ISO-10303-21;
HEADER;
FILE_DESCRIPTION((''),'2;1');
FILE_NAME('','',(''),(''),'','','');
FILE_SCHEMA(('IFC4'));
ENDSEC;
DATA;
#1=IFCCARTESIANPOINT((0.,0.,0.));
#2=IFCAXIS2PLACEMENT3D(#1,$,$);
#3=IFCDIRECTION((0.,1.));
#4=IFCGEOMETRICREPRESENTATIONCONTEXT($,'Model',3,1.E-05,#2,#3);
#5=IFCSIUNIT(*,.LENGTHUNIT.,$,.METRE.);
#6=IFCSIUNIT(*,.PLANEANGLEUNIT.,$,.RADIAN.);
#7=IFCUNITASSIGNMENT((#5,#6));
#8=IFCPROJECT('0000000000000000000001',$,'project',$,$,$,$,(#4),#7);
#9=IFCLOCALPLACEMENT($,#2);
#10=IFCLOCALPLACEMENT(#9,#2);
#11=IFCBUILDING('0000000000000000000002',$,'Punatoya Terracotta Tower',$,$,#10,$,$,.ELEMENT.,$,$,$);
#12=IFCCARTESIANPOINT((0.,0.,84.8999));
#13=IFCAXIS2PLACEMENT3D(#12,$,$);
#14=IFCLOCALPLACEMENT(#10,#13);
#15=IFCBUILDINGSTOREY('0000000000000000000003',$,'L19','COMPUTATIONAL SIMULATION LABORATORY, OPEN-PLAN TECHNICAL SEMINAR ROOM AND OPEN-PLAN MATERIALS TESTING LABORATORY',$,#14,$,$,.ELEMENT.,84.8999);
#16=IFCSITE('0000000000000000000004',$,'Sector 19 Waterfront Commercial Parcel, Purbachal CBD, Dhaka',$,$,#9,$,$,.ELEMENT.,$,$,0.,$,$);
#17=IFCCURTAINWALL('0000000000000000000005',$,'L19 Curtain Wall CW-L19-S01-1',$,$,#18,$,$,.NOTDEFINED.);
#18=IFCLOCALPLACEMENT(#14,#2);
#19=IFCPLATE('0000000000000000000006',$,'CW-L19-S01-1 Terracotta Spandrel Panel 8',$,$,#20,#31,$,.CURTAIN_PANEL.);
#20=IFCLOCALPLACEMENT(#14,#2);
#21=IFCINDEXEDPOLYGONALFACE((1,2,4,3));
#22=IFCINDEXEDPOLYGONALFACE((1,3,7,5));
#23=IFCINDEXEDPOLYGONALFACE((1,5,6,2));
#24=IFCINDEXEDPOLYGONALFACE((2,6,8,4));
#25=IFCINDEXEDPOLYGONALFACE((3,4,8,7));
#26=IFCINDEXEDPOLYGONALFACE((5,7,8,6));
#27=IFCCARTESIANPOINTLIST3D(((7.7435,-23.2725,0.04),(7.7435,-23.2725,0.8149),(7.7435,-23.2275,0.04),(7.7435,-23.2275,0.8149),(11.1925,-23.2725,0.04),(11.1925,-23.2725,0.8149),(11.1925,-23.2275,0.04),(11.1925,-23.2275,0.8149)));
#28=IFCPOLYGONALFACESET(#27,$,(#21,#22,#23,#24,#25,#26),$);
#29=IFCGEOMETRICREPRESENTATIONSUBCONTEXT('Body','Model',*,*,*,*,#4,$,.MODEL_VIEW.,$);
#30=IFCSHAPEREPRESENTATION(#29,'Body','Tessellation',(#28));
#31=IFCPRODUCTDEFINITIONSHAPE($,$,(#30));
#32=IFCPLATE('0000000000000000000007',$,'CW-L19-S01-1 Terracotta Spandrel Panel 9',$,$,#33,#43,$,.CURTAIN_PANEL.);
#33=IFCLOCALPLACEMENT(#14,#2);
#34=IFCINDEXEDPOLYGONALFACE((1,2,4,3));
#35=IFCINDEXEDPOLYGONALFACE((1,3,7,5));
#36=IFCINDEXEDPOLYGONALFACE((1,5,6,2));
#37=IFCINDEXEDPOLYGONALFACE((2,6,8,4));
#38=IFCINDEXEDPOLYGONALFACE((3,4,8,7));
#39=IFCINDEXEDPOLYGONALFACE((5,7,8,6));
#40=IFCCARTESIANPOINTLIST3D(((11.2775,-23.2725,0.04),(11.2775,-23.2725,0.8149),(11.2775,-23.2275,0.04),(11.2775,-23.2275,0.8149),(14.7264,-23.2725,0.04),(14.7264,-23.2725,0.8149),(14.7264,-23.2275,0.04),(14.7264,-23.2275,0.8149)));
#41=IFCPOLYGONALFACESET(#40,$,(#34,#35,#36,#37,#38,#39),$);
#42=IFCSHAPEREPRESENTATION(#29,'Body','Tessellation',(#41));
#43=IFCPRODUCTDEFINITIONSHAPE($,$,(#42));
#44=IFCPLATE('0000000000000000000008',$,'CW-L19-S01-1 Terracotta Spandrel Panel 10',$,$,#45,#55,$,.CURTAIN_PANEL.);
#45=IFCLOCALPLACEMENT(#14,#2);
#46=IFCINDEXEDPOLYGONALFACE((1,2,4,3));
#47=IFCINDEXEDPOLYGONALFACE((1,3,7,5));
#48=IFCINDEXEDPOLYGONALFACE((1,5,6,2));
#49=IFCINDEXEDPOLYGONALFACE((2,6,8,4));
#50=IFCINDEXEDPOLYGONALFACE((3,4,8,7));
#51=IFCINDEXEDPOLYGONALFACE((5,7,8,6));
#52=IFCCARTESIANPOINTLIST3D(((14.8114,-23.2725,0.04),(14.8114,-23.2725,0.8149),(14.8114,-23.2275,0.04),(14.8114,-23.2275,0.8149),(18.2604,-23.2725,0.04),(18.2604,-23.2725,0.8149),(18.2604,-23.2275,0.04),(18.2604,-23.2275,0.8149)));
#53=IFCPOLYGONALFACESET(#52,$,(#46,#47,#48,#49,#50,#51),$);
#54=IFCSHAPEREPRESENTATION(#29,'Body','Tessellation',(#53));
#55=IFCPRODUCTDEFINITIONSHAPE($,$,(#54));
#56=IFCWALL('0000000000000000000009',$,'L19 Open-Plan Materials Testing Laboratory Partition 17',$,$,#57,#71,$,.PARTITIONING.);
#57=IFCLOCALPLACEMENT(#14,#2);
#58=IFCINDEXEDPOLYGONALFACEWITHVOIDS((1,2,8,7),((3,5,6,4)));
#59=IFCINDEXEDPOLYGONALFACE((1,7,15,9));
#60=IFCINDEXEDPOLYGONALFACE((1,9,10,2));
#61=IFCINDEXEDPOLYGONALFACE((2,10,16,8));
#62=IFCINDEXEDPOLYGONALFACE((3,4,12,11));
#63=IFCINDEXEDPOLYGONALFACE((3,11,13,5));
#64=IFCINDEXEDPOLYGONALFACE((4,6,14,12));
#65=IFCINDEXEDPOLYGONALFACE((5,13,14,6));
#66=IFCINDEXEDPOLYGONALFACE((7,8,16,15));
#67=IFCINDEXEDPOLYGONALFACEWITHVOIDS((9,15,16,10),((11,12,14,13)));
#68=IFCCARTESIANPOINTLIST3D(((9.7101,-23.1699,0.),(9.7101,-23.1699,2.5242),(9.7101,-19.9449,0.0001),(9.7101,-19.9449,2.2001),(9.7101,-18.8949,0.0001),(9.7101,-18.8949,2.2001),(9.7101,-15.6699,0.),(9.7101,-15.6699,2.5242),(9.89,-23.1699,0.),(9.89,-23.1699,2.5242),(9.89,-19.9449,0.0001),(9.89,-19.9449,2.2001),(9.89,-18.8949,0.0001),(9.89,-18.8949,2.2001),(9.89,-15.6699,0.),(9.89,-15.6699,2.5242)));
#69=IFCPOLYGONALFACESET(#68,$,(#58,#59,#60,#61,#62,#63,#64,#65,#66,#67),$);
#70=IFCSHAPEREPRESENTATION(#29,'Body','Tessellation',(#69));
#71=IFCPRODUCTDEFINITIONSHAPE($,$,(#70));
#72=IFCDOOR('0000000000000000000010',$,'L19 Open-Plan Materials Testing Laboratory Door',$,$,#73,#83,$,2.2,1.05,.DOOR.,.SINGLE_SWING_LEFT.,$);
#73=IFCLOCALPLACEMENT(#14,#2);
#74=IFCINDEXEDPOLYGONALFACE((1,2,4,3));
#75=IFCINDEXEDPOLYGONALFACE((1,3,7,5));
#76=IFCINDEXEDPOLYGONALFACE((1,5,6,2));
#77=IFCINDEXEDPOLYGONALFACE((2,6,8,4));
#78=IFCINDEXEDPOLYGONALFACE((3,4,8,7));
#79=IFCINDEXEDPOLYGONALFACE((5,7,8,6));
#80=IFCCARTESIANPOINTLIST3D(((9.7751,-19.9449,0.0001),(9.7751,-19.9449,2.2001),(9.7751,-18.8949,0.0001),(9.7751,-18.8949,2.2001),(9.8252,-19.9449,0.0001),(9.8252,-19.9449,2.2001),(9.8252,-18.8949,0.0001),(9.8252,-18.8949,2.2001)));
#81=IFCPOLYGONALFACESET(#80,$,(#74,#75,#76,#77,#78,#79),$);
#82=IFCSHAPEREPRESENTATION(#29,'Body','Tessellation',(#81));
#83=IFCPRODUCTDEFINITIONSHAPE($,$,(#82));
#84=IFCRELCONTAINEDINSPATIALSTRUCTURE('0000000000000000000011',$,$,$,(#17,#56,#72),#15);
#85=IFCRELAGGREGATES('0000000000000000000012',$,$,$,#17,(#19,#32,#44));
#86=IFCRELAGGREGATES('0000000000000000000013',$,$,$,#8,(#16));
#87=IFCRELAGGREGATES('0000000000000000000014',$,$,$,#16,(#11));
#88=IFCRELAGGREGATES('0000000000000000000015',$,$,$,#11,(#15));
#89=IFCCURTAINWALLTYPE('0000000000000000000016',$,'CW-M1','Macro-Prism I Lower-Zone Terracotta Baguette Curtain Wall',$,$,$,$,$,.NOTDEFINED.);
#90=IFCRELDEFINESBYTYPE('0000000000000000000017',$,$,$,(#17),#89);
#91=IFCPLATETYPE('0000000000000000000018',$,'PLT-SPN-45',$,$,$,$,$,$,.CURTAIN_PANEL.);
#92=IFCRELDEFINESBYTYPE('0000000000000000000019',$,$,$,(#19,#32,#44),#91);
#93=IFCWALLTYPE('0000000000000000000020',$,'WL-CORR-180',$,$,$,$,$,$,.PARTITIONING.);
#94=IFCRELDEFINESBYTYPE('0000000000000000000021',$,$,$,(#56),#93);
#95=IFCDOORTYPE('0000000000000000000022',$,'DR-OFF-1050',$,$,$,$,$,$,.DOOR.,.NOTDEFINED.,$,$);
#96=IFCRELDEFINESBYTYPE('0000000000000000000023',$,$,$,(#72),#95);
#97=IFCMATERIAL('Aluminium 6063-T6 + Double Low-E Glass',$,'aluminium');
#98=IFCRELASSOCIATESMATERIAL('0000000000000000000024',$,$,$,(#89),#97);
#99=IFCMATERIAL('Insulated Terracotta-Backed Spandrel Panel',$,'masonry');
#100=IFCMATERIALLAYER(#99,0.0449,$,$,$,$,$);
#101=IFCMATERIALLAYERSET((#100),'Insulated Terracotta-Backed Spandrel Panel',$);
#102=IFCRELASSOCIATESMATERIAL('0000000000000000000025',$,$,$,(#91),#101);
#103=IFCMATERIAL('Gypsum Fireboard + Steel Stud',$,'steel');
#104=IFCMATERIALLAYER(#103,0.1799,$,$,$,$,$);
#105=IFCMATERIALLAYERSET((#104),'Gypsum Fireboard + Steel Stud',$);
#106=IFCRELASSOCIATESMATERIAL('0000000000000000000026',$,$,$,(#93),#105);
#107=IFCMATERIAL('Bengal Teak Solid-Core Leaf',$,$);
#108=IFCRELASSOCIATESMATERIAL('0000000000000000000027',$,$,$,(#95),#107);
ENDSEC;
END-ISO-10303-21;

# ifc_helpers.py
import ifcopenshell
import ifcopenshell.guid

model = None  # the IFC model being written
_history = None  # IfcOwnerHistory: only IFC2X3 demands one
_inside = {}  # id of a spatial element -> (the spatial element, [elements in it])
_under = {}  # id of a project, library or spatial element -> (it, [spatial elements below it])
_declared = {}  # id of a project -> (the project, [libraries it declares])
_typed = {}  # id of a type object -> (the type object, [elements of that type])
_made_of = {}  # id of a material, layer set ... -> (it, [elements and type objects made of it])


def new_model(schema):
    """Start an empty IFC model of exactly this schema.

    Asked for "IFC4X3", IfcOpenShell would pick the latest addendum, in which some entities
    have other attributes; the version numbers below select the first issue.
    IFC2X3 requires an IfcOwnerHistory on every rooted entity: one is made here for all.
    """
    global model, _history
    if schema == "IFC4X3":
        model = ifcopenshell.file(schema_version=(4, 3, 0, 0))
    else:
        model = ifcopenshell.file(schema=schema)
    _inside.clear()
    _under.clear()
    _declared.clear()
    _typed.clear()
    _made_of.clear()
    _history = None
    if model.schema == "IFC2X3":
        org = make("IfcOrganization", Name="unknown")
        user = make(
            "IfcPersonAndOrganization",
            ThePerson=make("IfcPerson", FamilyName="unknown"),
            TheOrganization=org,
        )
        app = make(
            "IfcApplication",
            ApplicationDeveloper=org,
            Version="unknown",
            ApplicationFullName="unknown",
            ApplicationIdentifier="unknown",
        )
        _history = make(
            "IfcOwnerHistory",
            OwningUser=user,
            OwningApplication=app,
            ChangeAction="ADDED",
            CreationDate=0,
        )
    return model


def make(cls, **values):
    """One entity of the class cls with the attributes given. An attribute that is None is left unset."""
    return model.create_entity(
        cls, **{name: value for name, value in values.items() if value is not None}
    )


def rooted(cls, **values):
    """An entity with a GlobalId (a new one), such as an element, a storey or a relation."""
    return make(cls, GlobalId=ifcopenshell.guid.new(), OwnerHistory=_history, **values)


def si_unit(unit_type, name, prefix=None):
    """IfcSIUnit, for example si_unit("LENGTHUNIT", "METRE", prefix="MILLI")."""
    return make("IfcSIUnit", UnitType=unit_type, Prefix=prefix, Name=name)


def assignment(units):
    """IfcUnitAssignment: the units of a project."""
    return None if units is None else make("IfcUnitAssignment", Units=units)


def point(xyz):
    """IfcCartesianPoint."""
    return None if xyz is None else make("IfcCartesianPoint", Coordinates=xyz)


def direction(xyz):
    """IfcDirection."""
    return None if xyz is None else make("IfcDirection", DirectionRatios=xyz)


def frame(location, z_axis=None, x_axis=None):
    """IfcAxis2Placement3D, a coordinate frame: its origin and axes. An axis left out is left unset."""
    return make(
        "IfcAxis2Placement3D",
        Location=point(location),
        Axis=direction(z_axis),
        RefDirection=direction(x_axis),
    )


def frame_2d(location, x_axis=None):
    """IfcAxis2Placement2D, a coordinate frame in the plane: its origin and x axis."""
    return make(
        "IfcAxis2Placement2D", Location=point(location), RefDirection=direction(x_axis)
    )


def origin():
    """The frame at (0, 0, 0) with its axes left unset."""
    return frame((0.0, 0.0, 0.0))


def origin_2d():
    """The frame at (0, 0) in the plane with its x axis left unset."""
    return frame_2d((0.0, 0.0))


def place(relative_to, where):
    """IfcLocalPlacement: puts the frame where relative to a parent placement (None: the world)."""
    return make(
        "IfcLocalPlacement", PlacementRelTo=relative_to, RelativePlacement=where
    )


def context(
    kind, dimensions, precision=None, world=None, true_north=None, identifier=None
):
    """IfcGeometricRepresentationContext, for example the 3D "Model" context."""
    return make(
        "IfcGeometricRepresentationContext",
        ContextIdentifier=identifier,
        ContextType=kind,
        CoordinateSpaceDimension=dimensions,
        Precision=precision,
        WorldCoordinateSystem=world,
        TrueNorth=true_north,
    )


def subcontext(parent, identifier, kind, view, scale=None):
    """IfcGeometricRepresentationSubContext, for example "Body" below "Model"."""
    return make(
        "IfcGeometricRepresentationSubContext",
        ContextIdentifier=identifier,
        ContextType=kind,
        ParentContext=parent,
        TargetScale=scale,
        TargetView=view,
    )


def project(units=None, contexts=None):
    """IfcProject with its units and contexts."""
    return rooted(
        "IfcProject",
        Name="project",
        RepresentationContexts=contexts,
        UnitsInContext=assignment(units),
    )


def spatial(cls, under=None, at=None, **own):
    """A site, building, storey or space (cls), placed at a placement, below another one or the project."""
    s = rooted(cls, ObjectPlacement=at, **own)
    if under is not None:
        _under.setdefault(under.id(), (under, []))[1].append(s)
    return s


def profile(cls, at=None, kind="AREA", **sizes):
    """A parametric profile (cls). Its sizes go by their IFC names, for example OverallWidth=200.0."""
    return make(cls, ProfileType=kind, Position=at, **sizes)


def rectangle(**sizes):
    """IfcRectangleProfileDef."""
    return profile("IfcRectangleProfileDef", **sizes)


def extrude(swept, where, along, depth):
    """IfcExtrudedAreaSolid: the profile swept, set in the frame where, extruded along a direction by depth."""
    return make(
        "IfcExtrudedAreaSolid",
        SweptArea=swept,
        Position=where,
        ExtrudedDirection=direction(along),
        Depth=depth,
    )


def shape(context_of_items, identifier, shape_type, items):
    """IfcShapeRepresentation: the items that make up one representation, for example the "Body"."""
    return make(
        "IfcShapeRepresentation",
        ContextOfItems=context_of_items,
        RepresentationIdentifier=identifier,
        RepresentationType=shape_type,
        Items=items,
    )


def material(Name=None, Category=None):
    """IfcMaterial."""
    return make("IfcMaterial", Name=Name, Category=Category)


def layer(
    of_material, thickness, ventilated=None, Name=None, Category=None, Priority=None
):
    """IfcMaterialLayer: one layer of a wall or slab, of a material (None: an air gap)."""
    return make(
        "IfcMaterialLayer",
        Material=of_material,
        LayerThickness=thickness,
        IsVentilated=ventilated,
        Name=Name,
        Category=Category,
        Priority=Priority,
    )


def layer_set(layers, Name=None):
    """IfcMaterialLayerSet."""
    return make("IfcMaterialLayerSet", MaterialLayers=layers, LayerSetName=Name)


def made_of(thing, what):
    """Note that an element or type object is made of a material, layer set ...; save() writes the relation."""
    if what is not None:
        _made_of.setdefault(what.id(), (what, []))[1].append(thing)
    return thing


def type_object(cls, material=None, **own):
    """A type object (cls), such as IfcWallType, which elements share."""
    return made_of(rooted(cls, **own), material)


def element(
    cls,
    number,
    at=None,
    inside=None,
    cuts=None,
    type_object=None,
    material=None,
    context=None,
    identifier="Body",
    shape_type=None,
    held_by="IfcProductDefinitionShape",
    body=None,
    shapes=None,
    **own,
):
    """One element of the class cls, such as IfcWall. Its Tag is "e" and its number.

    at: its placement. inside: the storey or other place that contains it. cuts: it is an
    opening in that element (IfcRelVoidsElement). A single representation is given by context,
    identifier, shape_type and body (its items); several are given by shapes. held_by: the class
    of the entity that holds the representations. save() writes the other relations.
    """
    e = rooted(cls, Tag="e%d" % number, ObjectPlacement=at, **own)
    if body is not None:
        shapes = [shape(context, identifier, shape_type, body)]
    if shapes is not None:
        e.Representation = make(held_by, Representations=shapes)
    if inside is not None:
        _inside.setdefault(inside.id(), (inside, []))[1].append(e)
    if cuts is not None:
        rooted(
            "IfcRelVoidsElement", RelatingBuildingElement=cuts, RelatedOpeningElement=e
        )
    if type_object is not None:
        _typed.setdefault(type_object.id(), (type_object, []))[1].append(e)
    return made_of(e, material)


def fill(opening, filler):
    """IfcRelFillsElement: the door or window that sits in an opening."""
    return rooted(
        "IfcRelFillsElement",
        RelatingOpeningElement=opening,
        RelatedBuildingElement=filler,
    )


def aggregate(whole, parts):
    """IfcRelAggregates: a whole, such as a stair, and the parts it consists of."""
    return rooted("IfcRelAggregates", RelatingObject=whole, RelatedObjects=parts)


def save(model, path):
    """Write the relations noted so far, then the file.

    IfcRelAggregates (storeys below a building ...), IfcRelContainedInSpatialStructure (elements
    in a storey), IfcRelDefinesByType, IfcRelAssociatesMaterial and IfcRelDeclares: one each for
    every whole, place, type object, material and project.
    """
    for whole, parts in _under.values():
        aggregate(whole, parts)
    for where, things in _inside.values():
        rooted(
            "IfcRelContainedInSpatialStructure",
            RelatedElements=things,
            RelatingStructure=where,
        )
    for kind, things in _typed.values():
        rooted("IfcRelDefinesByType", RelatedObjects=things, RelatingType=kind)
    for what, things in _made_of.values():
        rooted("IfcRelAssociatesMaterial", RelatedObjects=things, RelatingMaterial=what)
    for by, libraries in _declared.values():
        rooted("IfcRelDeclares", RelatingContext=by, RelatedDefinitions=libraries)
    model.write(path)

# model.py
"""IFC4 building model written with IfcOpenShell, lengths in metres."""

from ifc_helpers import new_model, si_unit, direction, frame, frame_2d, origin, origin_2d, place, context, subcontext, project, spatial, rectangle, extrude, material, layer, layer_set, type_object, element, fill, aggregate, save


model = new_model("IFC4")

# Units and contexts
model_context = context("Model", 3, precision=1e-05, world=origin(), true_north=direction((0.0, 1.0)))
body_context = subcontext(model_context, "Body", "Model", "MODEL_VIEW")
ifc_project = project(units=[si_unit("LENGTHUNIT", "METRE"), si_unit("PLANEANGLEUNIT", "RADIAN")], contexts=[model_context])

# Site, building, storey
site_placement = place(None, origin())
site = spatial("IfcSite", under=ifc_project, at=site_placement, Name="Sector 19 Waterfront Commercial Parcel, Purbachal CBD, Dhaka", CompositionType="ELEMENT", RefElevation=0.0)
building_placement = place(site_placement, origin())
building = spatial("IfcBuilding", under=site, at=building_placement, Name="Punatoya Terracotta Tower", CompositionType="ELEMENT")
storey_placement = place(building_placement, frame((0.0, 0.0, 84.8999)))
storey = spatial("IfcBuildingStorey", under=building, at=storey_placement, Name="L19", Description="COMPUTATIONAL SIMULATION LABORATORY, OPEN-PLAN TECHNICAL SEMINAR ROOM AND OPEN-PLAN MATERIALS TESTING LABORATORY", CompositionType="ELEMENT", Elevation=84.8999)

# Curtain wall, plates
ifc_material_1 = material(Name="Aluminium 6063-T6 + Double Low-E Glass", Category="aluminium")
curtain_wall_type = type_object("IfcCurtainWallType", Name="CW-M1", Description="Macro-Prism I Lower-Zone Terracotta Baguette Curtain Wall", PredefinedType="NOTDEFINED", material=ifc_material_1)
curtain_wall_placement = place(storey_placement, origin())
curtain_wall = element("IfcCurtainWall", 1, at=curtain_wall_placement, inside=storey, type_object=curtain_wall_type, Name="L19 Curtain Wall CW-L19-S01-1", PredefinedType="NOTDEFINED")
ifc_material_2 = material(Name="Insulated Terracotta-Backed Spandrel Panel", Category="masonry")
ifc_layer_1 = layer(ifc_material_2, 0.0449)
ifc_layer_set_1 = layer_set([ifc_layer_1], Name="Insulated Terracotta-Backed Spandrel Panel")
plate_type_1 = type_object("IfcPlateType", Name="PLT-SPN-45", PredefinedType="CURTAIN_PANEL", material=ifc_layer_set_1)
plate_1_placement = place(storey_placement, frame((9.468, -23.25, 0.04), z_axis=(0.0, 0.0, 1.0), x_axis=(1.0, 0.0, 0.0)))
plate_1 = element("IfcPlate", 2, at=plate_1_placement, type_object=plate_type_1, Name="CW-L19-S01-1 Terracotta Spandrel Panel 8", PredefinedType="CURTAIN_PANEL", context=body_context, shape_type="SweptSolid", body=[
    extrude(rectangle(XDim=3.449, YDim=0.0449, at=origin_2d()), origin(), (0.0, 0.0, 1.0), 0.7749),
])
plate_2_placement = place(storey_placement, frame((13.002, -23.25, 0.04), z_axis=(0.0, 0.0, 1.0), x_axis=(1.0, 0.0, 0.0)))
plate_2 = element("IfcPlate", 3, at=plate_2_placement, type_object=plate_type_1, Name="CW-L19-S01-1 Terracotta Spandrel Panel 9", PredefinedType="CURTAIN_PANEL", context=body_context, shape_type="SweptSolid", body=[
    extrude(rectangle(XDim=3.449, YDim=0.0449, at=origin_2d()), origin(), (0.0, 0.0, 1.0), 0.7749),
])
plate_3_placement = place(storey_placement, frame((16.5359, -23.25, 0.04), z_axis=(0.0, 0.0, 1.0), x_axis=(1.0, 0.0, 0.0)))
plate_3 = element("IfcPlate", 4, at=plate_3_placement, type_object=plate_type_1, Name="CW-L19-S01-1 Terracotta Spandrel Panel 10", PredefinedType="CURTAIN_PANEL", context=body_context, shape_type="SweptSolid", body=[
    extrude(rectangle(XDim=3.449, YDim=0.0449, at=origin_2d()), origin(), (0.0, 0.0, 1.0), 0.7749),
])
aggregate(curtain_wall, [plate_1, plate_2, plate_3])

# Wall, opening, door
ifc_material_3 = material(Name="Gypsum Fireboard + Steel Stud", Category="steel")
ifc_layer_2 = layer(ifc_material_3, 0.1799)
ifc_layer_set_2 = layer_set([ifc_layer_2], Name="Gypsum Fireboard + Steel Stud")
wall_type = type_object("IfcWallType", Name="WL-CORR-180", PredefinedType="PARTITIONING", material=ifc_layer_set_2)
wall_placement = place(storey_placement, frame((9.8, -23.1699, 0.0), z_axis=(0.0, 0.0, 1.0), x_axis=(0.0, 1.0, 0.0)))
wall = element("IfcWall", 5, at=wall_placement, inside=storey, type_object=wall_type, Name="L19 Open-Plan Materials Testing Laboratory Partition 17", PredefinedType="PARTITIONING", context=body_context, shape_type="SweptSolid", body=[
    extrude(rectangle(XDim=7.5, YDim=0.1799, at=frame_2d((3.75, 0.0))), origin(), (0.0, 0.0, 1.0), 2.5242),
])
opening_placement = place(wall_placement, frame((3.2251, 0.0, 0.0)))
opening = element("IfcOpeningElement", 6, at=opening_placement, cuts=wall, PredefinedType="OPENING", context=body_context, shape_type="SweptSolid", body=[
    extrude(rectangle(XDim=1.05, YDim=2.2, at=frame_2d((0.5249, 1.1001))), frame((0.0, 0.0999, 0.0), z_axis=(0.0, -1.0, 0.0), x_axis=(1.0, 0.0, 0.0)), (0.0, 0.0, 1.0), 0.2),
])
ifc_material_4 = material(Name="Bengal Teak Solid-Core Leaf")
door_type = type_object("IfcDoorType", Name="DR-OFF-1050", OperationType="NOTDEFINED", PredefinedType="DOOR", material=ifc_material_4)
door_placement = place(opening_placement, origin())
door = element("IfcDoor", 7, at=door_placement, inside=storey, type_object=door_type, Name="L19 Open-Plan Materials Testing Laboratory Door", OperationType="SINGLE_SWING_LEFT", OverallHeight=2.2, OverallWidth=1.05, PredefinedType="DOOR", context=body_context, shape_type="SweptSolid", body=[
    extrude(rectangle(XDim=1.05, YDim=2.2, at=frame_2d((0.5249, 1.1001))), frame((0.0, 0.0249, 0.0), z_axis=(0.0, -1.0, 0.0), x_axis=(1.0, 0.0, 0.0)), (0.0, 0.0, 1.0), 0.05),
])
fill(opening, door)

save(model, "model.ifc")
